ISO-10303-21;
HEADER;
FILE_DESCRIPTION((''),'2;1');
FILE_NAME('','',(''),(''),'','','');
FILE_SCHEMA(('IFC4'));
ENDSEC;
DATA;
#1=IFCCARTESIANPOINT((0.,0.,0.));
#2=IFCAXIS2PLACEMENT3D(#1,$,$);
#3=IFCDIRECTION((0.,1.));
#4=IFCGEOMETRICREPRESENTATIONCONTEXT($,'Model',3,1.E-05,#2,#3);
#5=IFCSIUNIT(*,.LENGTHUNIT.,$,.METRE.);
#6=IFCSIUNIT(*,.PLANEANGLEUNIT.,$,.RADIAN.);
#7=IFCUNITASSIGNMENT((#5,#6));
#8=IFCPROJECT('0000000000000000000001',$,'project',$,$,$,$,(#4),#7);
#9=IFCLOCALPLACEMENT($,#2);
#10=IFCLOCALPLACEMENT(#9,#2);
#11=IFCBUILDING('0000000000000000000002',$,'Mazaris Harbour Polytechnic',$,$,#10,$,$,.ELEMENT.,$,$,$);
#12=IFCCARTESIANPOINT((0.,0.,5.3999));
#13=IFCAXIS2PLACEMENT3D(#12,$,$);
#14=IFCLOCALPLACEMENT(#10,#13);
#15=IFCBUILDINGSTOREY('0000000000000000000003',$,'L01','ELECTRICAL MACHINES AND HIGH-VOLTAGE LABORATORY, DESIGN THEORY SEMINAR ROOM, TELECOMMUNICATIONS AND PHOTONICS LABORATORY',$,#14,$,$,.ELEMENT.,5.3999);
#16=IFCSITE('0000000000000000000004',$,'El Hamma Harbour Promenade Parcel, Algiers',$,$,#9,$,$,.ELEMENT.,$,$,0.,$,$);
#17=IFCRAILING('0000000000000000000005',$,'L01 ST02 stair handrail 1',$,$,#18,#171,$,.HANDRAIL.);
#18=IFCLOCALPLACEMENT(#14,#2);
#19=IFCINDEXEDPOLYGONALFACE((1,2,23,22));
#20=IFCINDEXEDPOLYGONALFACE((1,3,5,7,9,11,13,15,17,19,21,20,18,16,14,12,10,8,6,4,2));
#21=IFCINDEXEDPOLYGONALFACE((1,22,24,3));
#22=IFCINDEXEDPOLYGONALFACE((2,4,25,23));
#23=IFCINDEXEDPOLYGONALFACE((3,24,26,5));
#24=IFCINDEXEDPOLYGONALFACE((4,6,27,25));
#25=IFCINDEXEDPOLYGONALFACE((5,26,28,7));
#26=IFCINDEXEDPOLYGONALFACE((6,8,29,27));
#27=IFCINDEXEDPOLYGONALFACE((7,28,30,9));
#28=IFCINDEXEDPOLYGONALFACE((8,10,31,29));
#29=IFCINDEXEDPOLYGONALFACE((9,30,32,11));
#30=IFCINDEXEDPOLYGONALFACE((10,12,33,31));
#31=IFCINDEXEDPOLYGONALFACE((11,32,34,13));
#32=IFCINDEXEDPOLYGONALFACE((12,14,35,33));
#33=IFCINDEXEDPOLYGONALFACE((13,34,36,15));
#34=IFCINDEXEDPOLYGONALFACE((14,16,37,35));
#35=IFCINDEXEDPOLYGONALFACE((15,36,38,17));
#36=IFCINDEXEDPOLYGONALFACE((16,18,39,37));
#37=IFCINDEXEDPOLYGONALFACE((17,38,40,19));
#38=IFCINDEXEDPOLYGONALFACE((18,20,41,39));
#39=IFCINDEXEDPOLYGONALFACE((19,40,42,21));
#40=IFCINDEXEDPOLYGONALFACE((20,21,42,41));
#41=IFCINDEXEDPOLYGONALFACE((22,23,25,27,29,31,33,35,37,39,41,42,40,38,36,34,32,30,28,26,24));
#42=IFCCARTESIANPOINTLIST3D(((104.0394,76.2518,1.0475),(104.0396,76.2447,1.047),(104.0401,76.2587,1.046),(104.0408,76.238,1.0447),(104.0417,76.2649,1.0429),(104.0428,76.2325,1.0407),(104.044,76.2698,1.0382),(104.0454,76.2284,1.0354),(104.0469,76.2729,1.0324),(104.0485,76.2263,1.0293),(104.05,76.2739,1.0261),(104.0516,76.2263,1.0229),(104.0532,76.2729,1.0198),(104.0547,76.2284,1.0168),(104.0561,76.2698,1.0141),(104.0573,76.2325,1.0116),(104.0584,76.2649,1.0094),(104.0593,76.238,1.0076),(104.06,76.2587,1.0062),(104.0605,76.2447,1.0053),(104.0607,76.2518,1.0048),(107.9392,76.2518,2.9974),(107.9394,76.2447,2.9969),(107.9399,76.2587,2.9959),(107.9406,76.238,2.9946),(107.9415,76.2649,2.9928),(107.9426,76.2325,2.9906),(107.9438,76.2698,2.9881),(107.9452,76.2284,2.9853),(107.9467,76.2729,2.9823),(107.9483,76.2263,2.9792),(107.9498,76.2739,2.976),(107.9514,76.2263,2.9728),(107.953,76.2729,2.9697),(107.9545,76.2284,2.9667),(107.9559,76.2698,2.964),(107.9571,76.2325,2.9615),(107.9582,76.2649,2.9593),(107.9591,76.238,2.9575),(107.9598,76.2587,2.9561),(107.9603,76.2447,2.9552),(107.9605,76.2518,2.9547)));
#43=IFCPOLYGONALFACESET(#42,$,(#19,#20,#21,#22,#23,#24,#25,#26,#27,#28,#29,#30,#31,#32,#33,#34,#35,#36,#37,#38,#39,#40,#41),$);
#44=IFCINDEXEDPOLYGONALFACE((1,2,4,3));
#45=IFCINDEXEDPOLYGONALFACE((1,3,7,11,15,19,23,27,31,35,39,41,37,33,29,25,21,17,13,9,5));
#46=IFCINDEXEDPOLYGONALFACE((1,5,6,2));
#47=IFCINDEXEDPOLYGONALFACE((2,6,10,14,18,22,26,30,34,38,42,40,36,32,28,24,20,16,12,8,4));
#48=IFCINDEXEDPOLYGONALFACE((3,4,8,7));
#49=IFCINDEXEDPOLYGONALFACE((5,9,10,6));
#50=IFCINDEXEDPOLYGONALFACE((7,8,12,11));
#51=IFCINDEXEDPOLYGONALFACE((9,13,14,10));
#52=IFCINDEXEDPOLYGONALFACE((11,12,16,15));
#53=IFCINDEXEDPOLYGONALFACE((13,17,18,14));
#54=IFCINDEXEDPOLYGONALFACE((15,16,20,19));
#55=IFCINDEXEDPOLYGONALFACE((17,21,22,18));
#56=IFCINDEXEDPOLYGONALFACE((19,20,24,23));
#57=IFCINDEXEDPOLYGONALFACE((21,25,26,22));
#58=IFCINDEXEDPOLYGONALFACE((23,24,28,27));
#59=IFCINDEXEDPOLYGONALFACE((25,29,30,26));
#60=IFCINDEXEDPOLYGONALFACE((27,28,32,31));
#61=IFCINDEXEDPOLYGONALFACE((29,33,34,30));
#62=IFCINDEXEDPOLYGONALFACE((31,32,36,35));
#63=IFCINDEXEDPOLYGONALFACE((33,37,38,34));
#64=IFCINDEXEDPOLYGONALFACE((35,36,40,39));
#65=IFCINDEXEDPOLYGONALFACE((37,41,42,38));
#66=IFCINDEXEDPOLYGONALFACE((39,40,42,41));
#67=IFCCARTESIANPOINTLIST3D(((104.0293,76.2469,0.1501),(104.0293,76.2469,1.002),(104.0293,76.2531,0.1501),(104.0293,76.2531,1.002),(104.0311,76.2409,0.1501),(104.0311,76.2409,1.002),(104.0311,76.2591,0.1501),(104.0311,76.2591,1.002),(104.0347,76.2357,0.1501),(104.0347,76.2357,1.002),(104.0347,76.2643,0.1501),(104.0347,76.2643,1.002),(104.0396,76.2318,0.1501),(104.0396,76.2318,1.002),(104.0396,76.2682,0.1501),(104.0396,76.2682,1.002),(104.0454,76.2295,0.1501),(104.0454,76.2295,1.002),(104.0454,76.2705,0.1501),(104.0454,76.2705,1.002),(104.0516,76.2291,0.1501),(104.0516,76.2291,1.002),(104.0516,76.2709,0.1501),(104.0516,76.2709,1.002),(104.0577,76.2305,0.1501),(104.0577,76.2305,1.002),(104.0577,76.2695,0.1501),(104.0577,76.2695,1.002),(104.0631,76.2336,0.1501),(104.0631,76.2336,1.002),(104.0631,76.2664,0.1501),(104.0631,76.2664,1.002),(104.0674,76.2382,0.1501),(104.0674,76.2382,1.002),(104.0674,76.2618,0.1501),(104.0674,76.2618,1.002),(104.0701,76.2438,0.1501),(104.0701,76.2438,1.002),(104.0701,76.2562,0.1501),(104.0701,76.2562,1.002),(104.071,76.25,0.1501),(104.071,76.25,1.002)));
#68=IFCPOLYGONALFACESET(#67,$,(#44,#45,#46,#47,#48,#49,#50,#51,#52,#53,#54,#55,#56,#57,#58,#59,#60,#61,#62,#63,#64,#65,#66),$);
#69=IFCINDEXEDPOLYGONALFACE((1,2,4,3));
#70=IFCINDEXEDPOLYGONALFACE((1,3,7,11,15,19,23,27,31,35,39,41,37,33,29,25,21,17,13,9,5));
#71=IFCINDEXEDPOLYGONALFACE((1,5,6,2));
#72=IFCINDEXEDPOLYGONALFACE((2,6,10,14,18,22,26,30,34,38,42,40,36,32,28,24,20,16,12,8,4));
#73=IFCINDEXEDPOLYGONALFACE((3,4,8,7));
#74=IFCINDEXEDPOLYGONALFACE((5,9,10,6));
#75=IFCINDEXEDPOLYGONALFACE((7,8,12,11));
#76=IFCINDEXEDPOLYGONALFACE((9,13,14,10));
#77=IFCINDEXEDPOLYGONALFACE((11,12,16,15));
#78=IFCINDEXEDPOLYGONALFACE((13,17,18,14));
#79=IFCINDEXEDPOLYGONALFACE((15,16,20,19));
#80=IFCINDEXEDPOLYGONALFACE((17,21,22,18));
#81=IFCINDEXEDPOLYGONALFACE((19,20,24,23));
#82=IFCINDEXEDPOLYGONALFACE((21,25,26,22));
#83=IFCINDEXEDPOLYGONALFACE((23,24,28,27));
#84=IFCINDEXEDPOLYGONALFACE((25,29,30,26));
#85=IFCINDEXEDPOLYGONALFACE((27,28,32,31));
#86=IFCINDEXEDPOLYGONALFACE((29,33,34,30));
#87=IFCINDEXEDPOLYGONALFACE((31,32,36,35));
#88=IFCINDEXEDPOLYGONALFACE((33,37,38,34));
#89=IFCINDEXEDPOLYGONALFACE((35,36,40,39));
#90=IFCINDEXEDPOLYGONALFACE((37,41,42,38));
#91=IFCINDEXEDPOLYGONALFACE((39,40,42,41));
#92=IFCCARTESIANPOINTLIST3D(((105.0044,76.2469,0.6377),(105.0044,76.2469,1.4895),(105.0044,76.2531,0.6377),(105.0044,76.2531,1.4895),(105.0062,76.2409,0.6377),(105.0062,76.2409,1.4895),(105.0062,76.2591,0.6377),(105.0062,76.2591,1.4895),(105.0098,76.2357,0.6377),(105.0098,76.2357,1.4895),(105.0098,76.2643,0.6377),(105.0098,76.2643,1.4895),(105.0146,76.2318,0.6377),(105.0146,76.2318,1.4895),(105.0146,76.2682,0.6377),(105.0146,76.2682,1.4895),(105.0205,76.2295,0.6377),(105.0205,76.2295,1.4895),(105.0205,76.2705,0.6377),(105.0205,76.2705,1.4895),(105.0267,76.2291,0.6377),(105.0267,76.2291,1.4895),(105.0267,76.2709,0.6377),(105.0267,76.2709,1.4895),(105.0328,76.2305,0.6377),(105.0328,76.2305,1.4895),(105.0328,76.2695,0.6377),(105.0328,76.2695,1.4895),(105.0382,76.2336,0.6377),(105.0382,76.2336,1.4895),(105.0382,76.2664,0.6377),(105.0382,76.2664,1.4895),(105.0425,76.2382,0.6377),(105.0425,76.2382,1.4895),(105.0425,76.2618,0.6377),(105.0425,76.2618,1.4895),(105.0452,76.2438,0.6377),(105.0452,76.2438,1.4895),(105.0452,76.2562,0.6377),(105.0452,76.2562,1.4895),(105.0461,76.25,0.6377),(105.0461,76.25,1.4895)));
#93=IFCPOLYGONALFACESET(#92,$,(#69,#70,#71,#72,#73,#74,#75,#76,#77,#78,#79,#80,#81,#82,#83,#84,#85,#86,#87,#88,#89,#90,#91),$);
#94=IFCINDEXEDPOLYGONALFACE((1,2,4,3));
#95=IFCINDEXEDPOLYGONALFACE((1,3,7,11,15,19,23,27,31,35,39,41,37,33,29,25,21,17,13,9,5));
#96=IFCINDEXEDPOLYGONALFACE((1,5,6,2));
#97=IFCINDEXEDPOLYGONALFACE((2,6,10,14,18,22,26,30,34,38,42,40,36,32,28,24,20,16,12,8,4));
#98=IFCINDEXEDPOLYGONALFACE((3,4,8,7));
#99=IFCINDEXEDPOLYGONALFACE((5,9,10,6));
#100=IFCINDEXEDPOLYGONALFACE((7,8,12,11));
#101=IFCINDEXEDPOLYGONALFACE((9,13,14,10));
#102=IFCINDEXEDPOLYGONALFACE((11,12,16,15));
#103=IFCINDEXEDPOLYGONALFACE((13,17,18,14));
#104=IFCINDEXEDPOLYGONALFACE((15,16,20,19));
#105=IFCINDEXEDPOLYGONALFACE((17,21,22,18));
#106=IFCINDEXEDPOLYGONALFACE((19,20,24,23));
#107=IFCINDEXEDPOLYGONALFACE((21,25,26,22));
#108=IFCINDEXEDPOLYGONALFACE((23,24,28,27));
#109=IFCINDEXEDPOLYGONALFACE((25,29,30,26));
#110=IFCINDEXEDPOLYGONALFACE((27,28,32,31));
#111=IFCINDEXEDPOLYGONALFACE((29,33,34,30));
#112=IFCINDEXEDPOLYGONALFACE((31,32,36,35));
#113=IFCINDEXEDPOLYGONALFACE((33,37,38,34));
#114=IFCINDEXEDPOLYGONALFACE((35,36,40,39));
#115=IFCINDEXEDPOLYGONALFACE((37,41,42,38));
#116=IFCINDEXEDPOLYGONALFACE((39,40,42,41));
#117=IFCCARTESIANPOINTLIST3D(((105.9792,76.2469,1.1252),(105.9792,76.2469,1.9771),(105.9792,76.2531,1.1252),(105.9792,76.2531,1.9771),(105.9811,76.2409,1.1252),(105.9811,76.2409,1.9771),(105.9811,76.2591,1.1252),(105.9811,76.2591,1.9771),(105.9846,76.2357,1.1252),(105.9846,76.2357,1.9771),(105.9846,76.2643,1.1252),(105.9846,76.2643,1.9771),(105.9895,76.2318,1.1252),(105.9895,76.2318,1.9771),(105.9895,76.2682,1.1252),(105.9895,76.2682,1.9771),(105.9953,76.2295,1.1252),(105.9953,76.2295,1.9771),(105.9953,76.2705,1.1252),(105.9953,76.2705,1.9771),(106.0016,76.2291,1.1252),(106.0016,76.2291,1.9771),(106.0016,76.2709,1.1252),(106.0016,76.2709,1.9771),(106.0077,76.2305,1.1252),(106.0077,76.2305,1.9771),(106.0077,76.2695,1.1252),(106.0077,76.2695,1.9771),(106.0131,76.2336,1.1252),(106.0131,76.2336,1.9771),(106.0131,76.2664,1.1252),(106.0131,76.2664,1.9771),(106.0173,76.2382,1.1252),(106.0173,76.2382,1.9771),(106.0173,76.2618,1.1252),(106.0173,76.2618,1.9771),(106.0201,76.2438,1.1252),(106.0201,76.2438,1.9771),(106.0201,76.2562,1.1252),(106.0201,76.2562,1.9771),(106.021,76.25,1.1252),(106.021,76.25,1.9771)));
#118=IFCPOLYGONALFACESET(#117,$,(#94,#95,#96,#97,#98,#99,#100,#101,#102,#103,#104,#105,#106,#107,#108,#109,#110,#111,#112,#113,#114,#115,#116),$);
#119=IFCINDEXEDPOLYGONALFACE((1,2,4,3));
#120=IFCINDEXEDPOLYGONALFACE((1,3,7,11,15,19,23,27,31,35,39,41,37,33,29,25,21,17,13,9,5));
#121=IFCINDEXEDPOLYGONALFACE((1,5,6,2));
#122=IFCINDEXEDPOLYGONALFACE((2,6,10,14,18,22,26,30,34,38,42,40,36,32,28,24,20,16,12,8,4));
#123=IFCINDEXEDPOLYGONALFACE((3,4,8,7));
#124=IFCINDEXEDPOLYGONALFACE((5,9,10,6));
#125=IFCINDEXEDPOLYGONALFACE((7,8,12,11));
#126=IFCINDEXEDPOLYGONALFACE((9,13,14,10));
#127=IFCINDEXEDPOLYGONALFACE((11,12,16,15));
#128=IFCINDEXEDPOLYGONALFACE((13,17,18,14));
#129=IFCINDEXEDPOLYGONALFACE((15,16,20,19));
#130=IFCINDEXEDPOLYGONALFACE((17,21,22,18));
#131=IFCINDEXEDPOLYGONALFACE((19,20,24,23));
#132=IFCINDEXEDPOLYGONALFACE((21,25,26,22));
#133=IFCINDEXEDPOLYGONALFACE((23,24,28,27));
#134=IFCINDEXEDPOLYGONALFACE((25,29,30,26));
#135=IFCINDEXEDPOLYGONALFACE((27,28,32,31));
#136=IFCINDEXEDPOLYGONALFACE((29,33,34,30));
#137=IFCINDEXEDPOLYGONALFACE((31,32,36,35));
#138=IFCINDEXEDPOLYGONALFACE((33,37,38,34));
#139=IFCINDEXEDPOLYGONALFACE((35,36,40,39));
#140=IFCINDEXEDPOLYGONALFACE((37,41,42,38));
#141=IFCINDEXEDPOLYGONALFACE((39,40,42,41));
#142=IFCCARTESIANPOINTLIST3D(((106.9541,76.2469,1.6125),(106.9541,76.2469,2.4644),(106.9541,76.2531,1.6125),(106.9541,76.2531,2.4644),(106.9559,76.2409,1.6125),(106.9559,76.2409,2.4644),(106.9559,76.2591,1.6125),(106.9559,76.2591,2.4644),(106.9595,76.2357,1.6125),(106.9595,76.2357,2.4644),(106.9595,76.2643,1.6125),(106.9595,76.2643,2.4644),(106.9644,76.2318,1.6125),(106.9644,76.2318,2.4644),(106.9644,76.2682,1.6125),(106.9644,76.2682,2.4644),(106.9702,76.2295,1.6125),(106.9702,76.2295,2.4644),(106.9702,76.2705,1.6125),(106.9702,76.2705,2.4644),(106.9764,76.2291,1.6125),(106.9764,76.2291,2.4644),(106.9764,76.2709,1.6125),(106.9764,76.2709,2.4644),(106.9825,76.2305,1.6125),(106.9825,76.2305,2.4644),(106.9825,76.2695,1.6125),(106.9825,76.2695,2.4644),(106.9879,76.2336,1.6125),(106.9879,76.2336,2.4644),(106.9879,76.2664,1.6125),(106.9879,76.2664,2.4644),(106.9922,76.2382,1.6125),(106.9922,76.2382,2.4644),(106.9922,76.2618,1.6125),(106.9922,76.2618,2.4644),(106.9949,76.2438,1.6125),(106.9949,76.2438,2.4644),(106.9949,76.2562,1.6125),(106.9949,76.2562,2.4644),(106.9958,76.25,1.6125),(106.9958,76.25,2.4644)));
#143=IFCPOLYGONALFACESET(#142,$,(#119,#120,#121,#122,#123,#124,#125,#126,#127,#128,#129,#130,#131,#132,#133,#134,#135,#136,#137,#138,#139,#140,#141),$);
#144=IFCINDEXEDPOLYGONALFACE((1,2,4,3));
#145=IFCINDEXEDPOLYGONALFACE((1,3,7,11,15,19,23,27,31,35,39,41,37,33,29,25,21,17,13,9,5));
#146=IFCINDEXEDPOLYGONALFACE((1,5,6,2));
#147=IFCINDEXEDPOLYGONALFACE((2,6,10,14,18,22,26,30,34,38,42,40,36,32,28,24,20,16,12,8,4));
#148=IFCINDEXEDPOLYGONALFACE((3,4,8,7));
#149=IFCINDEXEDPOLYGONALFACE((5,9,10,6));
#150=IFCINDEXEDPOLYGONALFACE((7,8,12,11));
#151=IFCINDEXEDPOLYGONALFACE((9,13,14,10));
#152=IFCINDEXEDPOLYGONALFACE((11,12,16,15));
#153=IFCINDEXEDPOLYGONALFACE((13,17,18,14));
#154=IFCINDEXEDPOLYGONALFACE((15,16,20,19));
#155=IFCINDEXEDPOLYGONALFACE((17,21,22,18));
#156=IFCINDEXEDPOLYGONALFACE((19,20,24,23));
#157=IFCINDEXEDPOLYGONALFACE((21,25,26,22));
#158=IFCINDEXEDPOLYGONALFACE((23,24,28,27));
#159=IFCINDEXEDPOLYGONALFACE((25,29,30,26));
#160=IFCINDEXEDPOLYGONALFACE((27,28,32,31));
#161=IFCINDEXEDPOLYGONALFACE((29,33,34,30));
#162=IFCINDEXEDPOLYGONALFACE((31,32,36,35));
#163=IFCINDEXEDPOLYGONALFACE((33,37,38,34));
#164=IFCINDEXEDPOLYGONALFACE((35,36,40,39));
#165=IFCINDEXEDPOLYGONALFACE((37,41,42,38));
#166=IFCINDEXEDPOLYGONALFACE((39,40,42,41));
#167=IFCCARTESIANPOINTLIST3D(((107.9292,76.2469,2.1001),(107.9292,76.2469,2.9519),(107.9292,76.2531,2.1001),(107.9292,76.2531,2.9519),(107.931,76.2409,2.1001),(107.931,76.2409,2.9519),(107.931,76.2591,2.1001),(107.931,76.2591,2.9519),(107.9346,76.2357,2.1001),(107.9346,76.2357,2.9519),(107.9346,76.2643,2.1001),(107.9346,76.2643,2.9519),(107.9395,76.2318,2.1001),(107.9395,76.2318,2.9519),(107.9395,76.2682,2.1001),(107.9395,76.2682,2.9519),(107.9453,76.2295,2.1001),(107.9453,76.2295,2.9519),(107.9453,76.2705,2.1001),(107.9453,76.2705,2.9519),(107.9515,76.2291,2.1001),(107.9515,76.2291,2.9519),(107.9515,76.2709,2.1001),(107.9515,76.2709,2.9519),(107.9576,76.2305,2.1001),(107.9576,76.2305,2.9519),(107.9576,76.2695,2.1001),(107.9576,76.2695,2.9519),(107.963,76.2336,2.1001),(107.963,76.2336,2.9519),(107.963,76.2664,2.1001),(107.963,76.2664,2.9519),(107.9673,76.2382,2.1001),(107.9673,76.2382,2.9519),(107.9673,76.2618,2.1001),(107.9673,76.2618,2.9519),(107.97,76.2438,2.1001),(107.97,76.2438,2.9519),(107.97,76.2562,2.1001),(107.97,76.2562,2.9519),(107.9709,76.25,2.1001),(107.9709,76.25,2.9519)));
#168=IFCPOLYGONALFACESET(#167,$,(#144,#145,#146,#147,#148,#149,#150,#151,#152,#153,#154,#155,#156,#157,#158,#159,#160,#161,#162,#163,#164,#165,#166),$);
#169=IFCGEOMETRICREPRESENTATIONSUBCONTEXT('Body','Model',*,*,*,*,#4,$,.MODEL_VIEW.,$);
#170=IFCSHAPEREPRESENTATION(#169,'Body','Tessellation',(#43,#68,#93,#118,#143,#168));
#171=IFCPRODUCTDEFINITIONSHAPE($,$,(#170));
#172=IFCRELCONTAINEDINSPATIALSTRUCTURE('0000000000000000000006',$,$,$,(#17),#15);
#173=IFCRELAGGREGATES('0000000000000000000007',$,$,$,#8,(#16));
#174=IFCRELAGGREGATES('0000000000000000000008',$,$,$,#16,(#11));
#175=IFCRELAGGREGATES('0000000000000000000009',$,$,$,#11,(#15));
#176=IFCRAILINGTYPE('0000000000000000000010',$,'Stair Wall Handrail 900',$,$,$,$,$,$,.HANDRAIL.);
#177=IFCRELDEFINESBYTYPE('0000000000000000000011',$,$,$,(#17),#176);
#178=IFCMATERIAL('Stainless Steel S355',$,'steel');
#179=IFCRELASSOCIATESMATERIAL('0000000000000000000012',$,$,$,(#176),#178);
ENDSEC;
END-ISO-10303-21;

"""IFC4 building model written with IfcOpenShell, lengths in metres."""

from ifc_helpers import new_model, si_unit, direction, frame, origin, origin_2d, place, context, subcontext, project, spatial, circle, extrude, material, type_object, element, save


model = new_model("IFC4")

# Units and contexts
model_context = context("Model", 3, precision=1e-05, world=origin(), true_north=direction((0.0, 1.0)))
body_context = subcontext(model_context, "Body", "Model", "MODEL_VIEW")
ifc_project = project(units=[si_unit("LENGTHUNIT", "METRE"), si_unit("PLANEANGLEUNIT", "RADIAN")], contexts=[model_context])

# Site, building, storey
site_placement = place(None, origin())
site = spatial("IfcSite", under=ifc_project, at=site_placement, Name="El Hamma Harbour Promenade Parcel, Algiers", CompositionType="ELEMENT", RefElevation=0.0)
building_placement = place(site_placement, origin())
building = spatial("IfcBuilding", under=site, at=building_placement, Name="Mazaris Harbour Polytechnic", CompositionType="ELEMENT")
storey_placement = place(building_placement, frame((0.0, 0.0, 5.3999)))
storey = spatial("IfcBuildingStorey", under=building, at=storey_placement, Name="L01", Description="ELECTRICAL MACHINES AND HIGH-VOLTAGE LABORATORY, DESIGN THEORY SEMINAR ROOM, TELECOMMUNICATIONS AND PHOTONICS LABORATORY", CompositionType="ELEMENT", Elevation=5.3999)

# Railing
ifc_material_1 = material(Name="Stainless Steel S355", Category="steel")
railing_type_1 = type_object("IfcRailingType", Name="Stair Wall Handrail 900", PredefinedType="HANDRAIL", material=ifc_material_1)
railing_1_placement = place(storey_placement, frame((104.05, 76.25, 0.1501)))
element("IfcRailing", 1, at=railing_1_placement, inside=storey, type_object=railing_type_1, Name="L01 ST02 stair handrail 1", PredefinedType="HANDRAIL", context=body_context, shape_type="SweptSolid", body=[
    extrude(circle(Radius=0.0239, at=origin_2d()), frame((0.0, 0.0, 0.876), z_axis=(0.894427, 0.0, 0.447214), x_axis=(0.0, 1.0, 0.0)), (0.0, 0.0, 1.0), 4.3601),
    extrude(circle(Radius=0.021, at=origin_2d()), origin(), (0.0, 0.0, 1.0), 0.8518),
    extrude(circle(Radius=0.021, at=origin_2d()), frame((0.9751, 0.0, 0.4875)), (0.0, 0.0, 1.0), 0.8518),
    extrude(circle(Radius=0.021, at=origin_2d()), frame((1.95, 0.0, 0.9751)), (0.0, 0.0, 1.0), 0.8518),
    extrude(circle(Radius=0.021, at=origin_2d()), frame((2.9248, 0.0, 1.4624)), (0.0, 0.0, 1.0), 0.8518),
    extrude(circle(Radius=0.021, at=origin_2d()), frame((3.8999, 0.0, 1.95)), (0.0, 0.0, 1.0), 0.8518),
])

save(model, "model.ifc")
